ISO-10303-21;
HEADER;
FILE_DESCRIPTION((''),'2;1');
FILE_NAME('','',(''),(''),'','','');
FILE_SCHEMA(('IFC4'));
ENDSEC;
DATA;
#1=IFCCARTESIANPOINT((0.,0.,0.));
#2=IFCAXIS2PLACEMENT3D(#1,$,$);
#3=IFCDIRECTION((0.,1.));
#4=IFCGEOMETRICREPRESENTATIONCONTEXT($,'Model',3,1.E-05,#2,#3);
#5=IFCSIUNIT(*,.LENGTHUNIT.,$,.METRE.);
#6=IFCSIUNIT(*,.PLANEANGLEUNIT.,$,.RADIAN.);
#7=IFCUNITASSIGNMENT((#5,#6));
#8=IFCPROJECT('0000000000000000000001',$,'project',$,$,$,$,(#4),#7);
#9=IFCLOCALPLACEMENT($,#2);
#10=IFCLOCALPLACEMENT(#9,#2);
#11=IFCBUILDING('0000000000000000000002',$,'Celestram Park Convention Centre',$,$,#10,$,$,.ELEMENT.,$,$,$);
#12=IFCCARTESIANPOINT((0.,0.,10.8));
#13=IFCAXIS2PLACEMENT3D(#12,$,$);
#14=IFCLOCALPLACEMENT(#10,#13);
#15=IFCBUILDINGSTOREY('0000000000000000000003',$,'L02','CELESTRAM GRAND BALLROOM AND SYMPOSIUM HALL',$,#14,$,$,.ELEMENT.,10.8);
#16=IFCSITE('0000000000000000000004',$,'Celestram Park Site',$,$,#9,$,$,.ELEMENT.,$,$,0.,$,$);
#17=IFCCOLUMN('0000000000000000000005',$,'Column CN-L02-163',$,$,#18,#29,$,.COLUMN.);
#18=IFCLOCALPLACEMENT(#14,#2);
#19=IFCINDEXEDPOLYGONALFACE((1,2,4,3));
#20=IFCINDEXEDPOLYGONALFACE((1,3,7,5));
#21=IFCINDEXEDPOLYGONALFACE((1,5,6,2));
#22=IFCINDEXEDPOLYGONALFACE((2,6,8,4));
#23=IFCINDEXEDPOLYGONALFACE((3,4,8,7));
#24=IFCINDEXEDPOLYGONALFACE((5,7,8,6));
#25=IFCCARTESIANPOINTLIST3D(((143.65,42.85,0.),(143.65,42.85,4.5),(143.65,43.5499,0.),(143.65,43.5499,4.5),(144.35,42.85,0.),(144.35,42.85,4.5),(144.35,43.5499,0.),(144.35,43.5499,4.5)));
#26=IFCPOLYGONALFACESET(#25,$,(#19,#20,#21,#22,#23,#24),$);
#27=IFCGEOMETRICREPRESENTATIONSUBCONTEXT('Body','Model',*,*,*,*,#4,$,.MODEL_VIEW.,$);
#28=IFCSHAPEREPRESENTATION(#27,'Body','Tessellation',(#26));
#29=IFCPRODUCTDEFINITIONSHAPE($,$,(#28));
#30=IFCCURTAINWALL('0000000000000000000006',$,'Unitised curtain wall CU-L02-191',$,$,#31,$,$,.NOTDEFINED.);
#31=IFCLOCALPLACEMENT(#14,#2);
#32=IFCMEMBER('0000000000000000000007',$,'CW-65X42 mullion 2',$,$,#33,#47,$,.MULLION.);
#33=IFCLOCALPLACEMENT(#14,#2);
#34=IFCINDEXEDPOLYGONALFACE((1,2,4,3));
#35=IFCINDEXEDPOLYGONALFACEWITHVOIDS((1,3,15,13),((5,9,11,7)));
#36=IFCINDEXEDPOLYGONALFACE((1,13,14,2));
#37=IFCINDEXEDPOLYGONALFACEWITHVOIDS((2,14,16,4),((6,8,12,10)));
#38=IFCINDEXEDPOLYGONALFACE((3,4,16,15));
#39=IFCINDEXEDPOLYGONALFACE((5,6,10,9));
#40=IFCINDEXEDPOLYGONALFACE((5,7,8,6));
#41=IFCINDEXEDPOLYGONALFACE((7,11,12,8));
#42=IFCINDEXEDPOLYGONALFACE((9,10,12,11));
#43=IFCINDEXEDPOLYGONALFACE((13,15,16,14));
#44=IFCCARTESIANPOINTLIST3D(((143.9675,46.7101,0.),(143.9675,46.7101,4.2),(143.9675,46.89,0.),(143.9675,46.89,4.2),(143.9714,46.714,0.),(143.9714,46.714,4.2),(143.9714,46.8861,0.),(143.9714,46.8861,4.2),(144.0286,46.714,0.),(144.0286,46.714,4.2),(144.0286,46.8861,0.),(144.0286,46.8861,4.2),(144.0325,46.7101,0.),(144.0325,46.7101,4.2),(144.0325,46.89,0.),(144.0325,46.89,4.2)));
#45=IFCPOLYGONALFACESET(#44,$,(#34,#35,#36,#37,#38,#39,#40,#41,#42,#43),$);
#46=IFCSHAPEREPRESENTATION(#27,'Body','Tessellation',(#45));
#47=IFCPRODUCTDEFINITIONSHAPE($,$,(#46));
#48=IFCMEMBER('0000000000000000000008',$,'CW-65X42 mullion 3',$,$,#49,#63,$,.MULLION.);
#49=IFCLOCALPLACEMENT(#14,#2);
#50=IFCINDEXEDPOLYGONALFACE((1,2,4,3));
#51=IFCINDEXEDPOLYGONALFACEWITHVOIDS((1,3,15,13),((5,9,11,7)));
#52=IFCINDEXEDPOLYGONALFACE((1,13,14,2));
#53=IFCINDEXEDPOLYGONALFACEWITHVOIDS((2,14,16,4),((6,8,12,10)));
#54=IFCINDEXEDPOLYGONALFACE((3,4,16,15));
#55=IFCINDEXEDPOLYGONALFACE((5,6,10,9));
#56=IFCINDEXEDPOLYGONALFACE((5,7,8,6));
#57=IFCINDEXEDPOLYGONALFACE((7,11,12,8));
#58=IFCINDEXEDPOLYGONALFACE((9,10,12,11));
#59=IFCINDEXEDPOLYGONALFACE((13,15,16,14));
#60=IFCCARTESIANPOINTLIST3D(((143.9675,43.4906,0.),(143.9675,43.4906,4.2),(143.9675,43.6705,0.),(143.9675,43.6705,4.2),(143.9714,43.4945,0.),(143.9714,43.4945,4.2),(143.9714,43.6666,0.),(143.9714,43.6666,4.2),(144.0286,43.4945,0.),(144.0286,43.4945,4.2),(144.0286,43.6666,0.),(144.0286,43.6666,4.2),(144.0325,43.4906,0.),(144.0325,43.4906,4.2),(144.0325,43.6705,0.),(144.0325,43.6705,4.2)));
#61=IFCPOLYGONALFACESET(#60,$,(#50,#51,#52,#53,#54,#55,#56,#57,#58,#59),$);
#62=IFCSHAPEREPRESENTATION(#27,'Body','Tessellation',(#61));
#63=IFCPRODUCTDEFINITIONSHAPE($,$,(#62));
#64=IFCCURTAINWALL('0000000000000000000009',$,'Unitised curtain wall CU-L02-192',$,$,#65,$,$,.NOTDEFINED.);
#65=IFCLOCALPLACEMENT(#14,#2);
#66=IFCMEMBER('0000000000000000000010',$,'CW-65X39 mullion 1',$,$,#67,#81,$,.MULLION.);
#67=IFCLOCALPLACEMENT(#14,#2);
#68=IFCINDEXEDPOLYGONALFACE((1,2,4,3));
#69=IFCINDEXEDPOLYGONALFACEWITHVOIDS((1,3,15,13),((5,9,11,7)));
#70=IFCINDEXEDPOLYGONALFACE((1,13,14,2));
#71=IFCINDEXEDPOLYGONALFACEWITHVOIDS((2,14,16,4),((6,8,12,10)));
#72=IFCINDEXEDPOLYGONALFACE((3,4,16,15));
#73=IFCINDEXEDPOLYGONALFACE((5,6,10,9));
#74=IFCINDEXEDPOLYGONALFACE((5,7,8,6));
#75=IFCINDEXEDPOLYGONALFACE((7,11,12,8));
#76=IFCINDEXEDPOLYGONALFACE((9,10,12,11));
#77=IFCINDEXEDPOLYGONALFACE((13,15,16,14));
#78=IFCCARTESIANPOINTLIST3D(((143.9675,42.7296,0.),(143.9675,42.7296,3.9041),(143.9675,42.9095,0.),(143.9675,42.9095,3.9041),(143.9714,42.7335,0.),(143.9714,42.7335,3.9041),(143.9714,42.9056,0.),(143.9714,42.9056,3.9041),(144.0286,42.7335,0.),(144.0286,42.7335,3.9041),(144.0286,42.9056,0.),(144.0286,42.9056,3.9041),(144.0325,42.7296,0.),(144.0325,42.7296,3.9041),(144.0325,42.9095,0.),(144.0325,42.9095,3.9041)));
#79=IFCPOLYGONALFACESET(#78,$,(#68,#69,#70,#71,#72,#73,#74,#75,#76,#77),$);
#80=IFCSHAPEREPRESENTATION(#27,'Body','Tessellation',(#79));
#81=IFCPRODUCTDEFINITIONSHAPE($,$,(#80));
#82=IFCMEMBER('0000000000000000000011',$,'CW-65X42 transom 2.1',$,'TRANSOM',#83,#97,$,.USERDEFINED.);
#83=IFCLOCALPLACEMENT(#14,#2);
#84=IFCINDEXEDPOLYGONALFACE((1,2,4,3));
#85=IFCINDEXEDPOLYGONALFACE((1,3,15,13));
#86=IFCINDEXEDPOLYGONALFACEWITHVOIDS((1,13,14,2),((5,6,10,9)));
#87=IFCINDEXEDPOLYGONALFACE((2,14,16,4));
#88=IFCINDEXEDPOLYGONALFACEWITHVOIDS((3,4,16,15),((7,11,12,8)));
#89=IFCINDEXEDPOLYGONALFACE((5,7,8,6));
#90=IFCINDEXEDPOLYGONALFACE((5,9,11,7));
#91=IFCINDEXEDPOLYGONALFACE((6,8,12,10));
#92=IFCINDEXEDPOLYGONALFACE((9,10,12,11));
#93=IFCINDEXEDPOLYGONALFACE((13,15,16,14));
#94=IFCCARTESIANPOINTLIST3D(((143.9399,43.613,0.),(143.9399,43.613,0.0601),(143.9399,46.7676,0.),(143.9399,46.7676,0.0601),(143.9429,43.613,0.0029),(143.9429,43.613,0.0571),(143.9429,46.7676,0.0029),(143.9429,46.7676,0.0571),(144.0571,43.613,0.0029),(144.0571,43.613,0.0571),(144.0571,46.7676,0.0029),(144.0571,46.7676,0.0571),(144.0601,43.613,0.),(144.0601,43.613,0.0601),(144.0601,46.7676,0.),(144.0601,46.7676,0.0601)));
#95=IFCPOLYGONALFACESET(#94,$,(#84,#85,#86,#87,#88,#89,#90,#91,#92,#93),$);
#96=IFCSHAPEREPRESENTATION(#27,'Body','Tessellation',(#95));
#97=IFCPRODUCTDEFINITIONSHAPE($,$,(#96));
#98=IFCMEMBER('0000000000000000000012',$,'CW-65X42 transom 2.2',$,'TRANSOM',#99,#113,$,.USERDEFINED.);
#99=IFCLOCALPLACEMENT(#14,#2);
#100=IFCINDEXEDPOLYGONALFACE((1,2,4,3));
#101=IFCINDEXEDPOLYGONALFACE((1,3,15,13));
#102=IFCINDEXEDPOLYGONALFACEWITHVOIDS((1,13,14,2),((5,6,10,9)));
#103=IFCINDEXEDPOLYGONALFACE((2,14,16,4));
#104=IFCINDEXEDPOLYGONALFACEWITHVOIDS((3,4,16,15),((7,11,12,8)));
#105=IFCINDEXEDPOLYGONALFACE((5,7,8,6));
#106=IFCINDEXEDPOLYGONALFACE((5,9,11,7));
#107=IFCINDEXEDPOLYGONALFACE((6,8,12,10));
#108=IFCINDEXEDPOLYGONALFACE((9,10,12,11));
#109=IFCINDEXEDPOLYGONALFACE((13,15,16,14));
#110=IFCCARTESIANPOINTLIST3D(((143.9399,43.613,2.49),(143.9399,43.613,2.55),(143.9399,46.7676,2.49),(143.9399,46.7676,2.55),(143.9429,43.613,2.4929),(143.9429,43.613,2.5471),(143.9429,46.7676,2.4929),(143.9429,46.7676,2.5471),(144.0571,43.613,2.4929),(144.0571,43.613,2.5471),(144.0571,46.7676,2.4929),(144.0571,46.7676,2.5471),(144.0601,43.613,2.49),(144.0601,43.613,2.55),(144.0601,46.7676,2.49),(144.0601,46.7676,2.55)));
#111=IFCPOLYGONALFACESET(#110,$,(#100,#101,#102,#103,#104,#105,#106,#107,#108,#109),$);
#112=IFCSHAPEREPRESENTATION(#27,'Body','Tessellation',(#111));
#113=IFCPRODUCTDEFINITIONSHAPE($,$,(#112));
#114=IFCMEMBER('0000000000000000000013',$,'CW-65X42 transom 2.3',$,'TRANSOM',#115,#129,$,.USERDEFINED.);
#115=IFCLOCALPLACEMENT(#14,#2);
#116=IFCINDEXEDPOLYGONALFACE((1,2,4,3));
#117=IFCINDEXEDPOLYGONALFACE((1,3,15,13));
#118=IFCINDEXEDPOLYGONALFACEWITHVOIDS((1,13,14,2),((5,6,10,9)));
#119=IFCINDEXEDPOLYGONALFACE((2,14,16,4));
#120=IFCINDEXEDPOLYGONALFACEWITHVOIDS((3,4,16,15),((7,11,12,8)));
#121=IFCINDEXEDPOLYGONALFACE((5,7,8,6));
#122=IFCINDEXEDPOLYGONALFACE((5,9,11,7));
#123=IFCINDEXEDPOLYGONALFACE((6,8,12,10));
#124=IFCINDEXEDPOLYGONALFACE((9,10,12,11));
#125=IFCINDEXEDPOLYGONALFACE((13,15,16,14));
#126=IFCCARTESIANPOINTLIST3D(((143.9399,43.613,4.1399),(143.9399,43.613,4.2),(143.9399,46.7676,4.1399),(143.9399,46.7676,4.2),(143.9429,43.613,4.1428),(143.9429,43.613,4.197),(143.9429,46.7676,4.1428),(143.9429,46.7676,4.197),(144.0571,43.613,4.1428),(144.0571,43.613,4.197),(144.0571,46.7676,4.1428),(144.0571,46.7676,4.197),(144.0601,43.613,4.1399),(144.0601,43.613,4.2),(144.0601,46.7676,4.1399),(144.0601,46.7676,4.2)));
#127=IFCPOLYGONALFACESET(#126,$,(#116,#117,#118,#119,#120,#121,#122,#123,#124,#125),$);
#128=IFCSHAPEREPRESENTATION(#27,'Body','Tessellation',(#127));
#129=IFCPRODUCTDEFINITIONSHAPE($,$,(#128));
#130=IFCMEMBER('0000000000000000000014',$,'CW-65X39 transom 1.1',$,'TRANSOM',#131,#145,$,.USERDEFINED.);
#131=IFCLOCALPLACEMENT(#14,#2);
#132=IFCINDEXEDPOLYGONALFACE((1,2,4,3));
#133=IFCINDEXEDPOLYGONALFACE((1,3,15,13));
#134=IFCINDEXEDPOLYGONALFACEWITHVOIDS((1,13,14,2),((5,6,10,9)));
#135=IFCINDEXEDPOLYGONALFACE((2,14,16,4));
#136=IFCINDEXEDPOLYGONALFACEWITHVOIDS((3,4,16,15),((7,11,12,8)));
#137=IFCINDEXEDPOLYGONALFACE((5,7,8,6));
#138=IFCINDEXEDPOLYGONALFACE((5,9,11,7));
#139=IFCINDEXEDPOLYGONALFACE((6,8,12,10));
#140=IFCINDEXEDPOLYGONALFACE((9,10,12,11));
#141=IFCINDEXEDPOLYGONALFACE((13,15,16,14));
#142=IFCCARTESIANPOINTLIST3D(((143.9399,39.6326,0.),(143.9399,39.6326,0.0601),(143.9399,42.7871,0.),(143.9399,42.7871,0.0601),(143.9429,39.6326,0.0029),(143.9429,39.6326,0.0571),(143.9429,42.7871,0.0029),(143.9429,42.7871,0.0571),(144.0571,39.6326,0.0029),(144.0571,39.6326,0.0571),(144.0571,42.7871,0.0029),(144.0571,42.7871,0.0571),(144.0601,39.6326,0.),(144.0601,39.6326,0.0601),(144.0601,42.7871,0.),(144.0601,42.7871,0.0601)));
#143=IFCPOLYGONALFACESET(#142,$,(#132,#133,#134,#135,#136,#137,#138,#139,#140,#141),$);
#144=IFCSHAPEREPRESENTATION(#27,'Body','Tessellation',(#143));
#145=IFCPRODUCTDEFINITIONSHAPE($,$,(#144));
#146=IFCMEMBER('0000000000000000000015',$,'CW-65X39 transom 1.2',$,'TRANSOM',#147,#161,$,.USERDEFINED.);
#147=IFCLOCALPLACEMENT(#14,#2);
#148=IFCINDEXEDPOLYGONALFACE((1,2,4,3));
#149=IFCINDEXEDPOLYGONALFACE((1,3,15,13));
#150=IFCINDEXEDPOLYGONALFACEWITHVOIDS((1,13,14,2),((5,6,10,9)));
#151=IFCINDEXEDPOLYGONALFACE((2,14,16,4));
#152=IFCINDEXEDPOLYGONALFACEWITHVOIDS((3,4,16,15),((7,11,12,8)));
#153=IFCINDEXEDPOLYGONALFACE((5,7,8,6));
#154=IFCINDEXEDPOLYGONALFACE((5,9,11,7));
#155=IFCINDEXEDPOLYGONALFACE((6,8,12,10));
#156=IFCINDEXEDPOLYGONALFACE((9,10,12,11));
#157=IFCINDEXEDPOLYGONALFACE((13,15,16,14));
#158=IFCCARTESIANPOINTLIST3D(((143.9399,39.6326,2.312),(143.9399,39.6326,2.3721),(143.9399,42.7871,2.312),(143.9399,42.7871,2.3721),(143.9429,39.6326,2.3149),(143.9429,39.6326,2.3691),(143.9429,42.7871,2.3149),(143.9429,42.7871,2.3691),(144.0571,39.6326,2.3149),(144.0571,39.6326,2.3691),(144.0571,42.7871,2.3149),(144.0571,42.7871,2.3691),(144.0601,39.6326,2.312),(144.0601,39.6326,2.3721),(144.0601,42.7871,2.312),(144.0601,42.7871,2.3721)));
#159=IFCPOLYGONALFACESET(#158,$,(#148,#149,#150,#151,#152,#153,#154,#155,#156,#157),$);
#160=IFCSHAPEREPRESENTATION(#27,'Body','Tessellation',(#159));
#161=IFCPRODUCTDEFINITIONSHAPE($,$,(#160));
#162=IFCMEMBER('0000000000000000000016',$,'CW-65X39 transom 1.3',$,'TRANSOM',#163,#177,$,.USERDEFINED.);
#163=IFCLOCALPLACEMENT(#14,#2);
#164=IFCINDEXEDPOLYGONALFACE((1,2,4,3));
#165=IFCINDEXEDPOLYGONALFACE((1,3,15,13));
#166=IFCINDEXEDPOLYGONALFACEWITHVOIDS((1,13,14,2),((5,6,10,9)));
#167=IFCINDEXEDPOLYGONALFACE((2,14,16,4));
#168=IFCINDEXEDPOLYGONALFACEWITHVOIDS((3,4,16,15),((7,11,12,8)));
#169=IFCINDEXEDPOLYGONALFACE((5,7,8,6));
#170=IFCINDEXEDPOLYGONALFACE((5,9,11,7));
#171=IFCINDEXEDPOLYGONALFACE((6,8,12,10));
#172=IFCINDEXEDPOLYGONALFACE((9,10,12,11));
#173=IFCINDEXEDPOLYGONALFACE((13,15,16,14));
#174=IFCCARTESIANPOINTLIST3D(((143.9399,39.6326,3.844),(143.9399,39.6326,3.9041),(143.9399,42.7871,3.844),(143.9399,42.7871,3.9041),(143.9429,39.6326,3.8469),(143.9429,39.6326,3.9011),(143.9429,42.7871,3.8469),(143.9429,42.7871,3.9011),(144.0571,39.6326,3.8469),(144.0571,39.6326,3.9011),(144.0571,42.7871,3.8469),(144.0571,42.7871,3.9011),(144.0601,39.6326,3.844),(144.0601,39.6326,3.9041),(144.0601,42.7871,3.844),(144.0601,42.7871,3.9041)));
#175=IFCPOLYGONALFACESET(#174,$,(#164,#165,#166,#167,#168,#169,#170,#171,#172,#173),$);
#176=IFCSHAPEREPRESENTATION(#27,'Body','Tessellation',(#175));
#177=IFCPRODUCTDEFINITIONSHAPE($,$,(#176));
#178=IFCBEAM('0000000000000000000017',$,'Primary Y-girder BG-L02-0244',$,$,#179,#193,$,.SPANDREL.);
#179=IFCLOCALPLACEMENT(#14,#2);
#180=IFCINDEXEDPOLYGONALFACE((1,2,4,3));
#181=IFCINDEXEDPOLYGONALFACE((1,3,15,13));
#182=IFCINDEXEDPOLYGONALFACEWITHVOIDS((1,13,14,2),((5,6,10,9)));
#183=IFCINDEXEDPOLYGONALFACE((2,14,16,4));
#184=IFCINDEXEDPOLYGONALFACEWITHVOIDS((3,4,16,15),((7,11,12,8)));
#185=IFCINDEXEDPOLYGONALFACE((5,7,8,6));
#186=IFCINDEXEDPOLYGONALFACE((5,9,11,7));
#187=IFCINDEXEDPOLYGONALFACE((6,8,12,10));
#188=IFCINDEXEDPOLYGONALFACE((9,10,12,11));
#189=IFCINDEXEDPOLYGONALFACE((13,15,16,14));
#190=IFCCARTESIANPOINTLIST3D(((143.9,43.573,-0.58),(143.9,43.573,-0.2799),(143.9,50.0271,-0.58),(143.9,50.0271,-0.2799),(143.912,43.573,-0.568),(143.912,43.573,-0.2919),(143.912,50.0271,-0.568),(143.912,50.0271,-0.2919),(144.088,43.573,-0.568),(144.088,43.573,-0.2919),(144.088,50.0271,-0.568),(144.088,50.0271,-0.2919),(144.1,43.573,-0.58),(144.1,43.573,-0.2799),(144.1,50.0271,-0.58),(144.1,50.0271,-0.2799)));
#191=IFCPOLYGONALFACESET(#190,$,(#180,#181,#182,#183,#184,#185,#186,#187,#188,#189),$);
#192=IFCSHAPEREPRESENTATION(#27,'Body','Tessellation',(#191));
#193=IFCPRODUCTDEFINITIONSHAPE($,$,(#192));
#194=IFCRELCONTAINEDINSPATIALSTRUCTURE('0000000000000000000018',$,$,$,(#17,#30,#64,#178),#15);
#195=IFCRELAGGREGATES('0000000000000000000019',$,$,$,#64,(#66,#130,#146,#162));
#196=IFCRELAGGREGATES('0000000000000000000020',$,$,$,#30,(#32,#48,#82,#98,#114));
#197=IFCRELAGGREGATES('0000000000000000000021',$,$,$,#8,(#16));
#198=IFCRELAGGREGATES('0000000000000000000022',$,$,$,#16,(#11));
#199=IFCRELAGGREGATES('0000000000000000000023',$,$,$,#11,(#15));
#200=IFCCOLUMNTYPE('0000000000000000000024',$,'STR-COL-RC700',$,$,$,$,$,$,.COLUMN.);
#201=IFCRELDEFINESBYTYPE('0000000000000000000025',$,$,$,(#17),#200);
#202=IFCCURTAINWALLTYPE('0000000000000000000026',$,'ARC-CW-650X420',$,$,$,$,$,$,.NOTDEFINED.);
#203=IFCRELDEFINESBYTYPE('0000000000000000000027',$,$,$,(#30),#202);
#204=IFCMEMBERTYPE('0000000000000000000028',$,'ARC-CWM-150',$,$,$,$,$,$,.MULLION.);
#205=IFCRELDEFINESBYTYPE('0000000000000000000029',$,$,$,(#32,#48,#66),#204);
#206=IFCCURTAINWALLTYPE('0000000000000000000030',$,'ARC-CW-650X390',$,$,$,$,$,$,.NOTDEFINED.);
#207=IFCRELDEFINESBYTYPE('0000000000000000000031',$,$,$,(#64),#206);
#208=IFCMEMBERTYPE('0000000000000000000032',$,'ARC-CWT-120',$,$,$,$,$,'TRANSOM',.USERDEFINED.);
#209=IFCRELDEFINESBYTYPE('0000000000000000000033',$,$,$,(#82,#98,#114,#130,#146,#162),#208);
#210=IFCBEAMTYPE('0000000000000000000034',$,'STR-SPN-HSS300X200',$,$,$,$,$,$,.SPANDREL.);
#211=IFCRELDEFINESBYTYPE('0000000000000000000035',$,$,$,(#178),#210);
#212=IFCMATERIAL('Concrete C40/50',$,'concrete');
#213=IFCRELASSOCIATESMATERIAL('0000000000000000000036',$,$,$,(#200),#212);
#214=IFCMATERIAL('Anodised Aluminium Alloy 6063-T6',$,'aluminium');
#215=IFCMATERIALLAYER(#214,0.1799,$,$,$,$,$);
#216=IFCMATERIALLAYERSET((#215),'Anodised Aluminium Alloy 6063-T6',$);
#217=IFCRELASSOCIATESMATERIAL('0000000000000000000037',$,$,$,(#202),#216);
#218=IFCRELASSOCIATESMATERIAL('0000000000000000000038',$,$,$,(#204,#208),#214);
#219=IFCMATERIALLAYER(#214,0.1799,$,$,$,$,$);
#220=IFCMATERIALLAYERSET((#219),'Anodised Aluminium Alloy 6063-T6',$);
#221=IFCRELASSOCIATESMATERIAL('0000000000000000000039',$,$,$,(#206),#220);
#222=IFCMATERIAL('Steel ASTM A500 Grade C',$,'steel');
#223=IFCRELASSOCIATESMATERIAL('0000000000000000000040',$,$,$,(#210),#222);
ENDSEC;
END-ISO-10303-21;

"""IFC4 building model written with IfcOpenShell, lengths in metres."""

from ifc_helpers import new_model, si_unit, direction, frame, origin, origin_2d, place, context, subcontext, project, spatial, rectangle, hollow_rectangle, extrude, material, layer, layer_set, material_profile, profile_set, type_object, element, aggregate, save


model = new_model("IFC4")

# Units and contexts
model_context = context("Model", 3, precision=1e-05, world=origin(), true_north=direction((0.0, 1.0)))
body_context = subcontext(model_context, "Body", "Model", "MODEL_VIEW")
ifc_project = project(units=[si_unit("LENGTHUNIT", "METRE"), si_unit("PLANEANGLEUNIT", "RADIAN")], contexts=[model_context])

# Site, building, storey
site_placement = place(None, origin())
site = spatial("IfcSite", under=ifc_project, at=site_placement, Name="Celestram Park Site", CompositionType="ELEMENT", RefElevation=0.0)
building_placement = place(site_placement, origin())
building = spatial("IfcBuilding", under=site, at=building_placement, Name="Celestram Park Convention Centre", CompositionType="ELEMENT")
storey_placement = place(building_placement, frame((0.0, 0.0, 10.8)))
storey = spatial("IfcBuildingStorey", under=building, at=storey_placement, Name="L02", Description="CELESTRAM GRAND BALLROOM AND SYMPOSIUM HALL", CompositionType="ELEMENT", Elevation=10.8)

# Column
ifc_material_1 = material(Name="Concrete C40/50", Category="concrete")
ifc_material_profile_1 = material_profile(ifc_material_1, rectangle(XDim=0.7, YDim=0.7, at=origin_2d()), Name="RC700X700")
ifc_profile_set_1 = profile_set([ifc_material_profile_1], Name="Concrete C40/50")
column_type = type_object("IfcColumnType", Name="STR-COL-RC700", PredefinedType="COLUMN", material=ifc_profile_set_1)
column_placement = place(storey_placement, frame((144.0, 43.2, 0.0), z_axis=(0.0, 0.0, 1.0), x_axis=(1.0, 0.0, 0.0)))
element("IfcColumn", 1, at=column_placement, inside=storey, type_object=column_type, Name="Column CN-L02-163", PredefinedType="COLUMN", context=body_context, shape_type="SweptSolid", body=[
    extrude(rectangle(XDim=0.7, YDim=0.7, at=origin_2d()), origin(), (0.0, 0.0, 1.0), 4.5),
])

# Curtain wall, members
ifc_material_2 = material(Name="Anodised Aluminium Alloy 6063-T6", Category="aluminium")
ifc_layer_1 = layer(ifc_material_2, 0.1799)
ifc_layer_set_1 = layer_set([ifc_layer_1], Name="Anodised Aluminium Alloy 6063-T6")
curtain_wall_type_1 = type_object("IfcCurtainWallType", Name="ARC-CW-650X420", PredefinedType="NOTDEFINED", material=ifc_layer_set_1)
curtain_wall_1_placement = place(storey_placement, origin())
curtain_wall_1 = element("IfcCurtainWall", 2, at=curtain_wall_1_placement, inside=storey, type_object=curtain_wall_type_1, Name="Unitised curtain wall CU-L02-191", PredefinedType="NOTDEFINED")
ifc_material_profile_2 = material_profile(ifc_material_2, hollow_rectangle(XDim=0.0649, YDim=0.1799, WallThickness=0.0039, at=origin_2d()), Name="ALU65X180X4")
ifc_profile_set_2 = profile_set([ifc_material_profile_2], Name="Anodised Aluminium Alloy 6063-T6")
member_type_1 = type_object("IfcMemberType", Name="ARC-CWM-150", PredefinedType="MULLION", material=ifc_profile_set_2)
member_1_placement = place(storey_placement, frame((144.0, 46.8, 0.0), z_axis=(0.0, 0.0, 1.0), x_axis=(1.0, 0.0, 0.0)))
member_1 = element("IfcMember", 3, at=member_1_placement, type_object=member_type_1, Name="CW-65X42 mullion 2", PredefinedType="MULLION", context=body_context, shape_type="SweptSolid", body=[
    extrude(hollow_rectangle(XDim=0.0649, YDim=0.1799, WallThickness=0.0039, at=origin_2d()), origin(), (0.0, 0.0, 1.0), 4.2),
])
member_2_placement = place(storey_placement, frame((144.0, 43.5806, 0.0), z_axis=(0.0, 0.0, 1.0), x_axis=(1.0, 0.0, 0.0)))
member_2 = element("IfcMember", 4, at=member_2_placement, type_object=member_type_1, Name="CW-65X42 mullion 3", PredefinedType="MULLION", context=body_context, shape_type="SweptSolid", body=[
    extrude(hollow_rectangle(XDim=0.0649, YDim=0.1799, WallThickness=0.0039, at=origin_2d()), origin(), (0.0, 0.0, 1.0), 4.2),
])

# Curtain wall, member
ifc_layer_2 = layer(ifc_material_2, 0.1799)
ifc_layer_set_2 = layer_set([ifc_layer_2], Name="Anodised Aluminium Alloy 6063-T6")
curtain_wall_type_2 = type_object("IfcCurtainWallType", Name="ARC-CW-650X390", PredefinedType="NOTDEFINED", material=ifc_layer_set_2)
curtain_wall_2_placement = place(storey_placement, origin())
curtain_wall_2 = element("IfcCurtainWall", 5, at=curtain_wall_2_placement, inside=storey, type_object=curtain_wall_type_2, Name="Unitised curtain wall CU-L02-192", PredefinedType="NOTDEFINED")
member_3_placement = place(storey_placement, frame((144.0, 42.8196, 0.0), z_axis=(0.0, 0.0, 1.0), x_axis=(1.0, 0.0, 0.0)))
member_3 = element("IfcMember", 6, at=member_3_placement, type_object=member_type_1, Name="CW-65X39 mullion 1", PredefinedType="MULLION", context=body_context, shape_type="SweptSolid", body=[
    extrude(hollow_rectangle(XDim=0.0649, YDim=0.1799, WallThickness=0.0039, at=origin_2d()), origin(), (0.0, 0.0, 1.0), 3.9041),
])

# Members
ifc_material_profile_3 = material_profile(ifc_material_2, hollow_rectangle(XDim=0.1201, YDim=0.0601, WallThickness=0.0029, at=origin_2d()), Name="ALU120X60X3")
ifc_profile_set_3 = profile_set([ifc_material_profile_3], Name="Anodised Aluminium Alloy 6063-T6")
member_type_2 = type_object("IfcMemberType", Name="ARC-CWT-120", ElementType="TRANSOM", PredefinedType="USERDEFINED", material=ifc_profile_set_3)
member_4_placement = place(storey_placement, frame((144.0, 46.7676, 0.03), z_axis=(0.0, -1.0, 0.0), x_axis=(1.0, 0.0, 0.0)))
member_4 = element("IfcMember", 7, at=member_4_placement, type_object=member_type_2, Name="CW-65X42 transom 2.1", ObjectType="TRANSOM", PredefinedType="USERDEFINED", context=body_context, shape_type="SweptSolid", body=[
    extrude(hollow_rectangle(XDim=0.1201, YDim=0.0601, WallThickness=0.0029, at=origin_2d()), origin(), (0.0, 0.0, 1.0), 3.1545),
])
member_5_placement = place(storey_placement, frame((144.0, 46.7676, 2.52), z_axis=(0.0, -1.0, 0.0), x_axis=(1.0, 0.0, 0.0)))
member_5 = element("IfcMember", 8, at=member_5_placement, type_object=member_type_2, Name="CW-65X42 transom 2.2", ObjectType="TRANSOM", PredefinedType="USERDEFINED", context=body_context, shape_type="SweptSolid", body=[
    extrude(hollow_rectangle(XDim=0.1201, YDim=0.0601, WallThickness=0.0029, at=origin_2d()), origin(), (0.0, 0.0, 1.0), 3.1545),
])
member_6_placement = place(storey_placement, frame((144.0, 46.7676, 4.1699), z_axis=(0.0, -1.0, 0.0), x_axis=(1.0, 0.0, 0.0)))
member_6 = element("IfcMember", 9, at=member_6_placement, type_object=member_type_2, Name="CW-65X42 transom 2.3", ObjectType="TRANSOM", PredefinedType="USERDEFINED", context=body_context, shape_type="SweptSolid", body=[
    extrude(hollow_rectangle(XDim=0.1201, YDim=0.0601, WallThickness=0.0029, at=origin_2d()), origin(), (0.0, 0.0, 1.0), 3.1545),
])
member_7_placement = place(storey_placement, frame((144.0, 42.7871, 0.03), z_axis=(0.0, -1.0, 0.0), x_axis=(1.0, 0.0, 0.0)))
member_7 = element("IfcMember", 10, at=member_7_placement, type_object=member_type_2, Name="CW-65X39 transom 1.1", ObjectType="TRANSOM", PredefinedType="USERDEFINED", context=body_context, shape_type="SweptSolid", body=[
    extrude(hollow_rectangle(XDim=0.1201, YDim=0.0601, WallThickness=0.0029, at=origin_2d()), origin(), (0.0, 0.0, 1.0), 3.1545),
])
member_8_placement = place(storey_placement, frame((144.0, 42.7871, 2.342), z_axis=(0.0, -1.0, 0.0), x_axis=(1.0, 0.0, 0.0)))
member_8 = element("IfcMember", 11, at=member_8_placement, type_object=member_type_2, Name="CW-65X39 transom 1.2", ObjectType="TRANSOM", PredefinedType="USERDEFINED", context=body_context, shape_type="SweptSolid", body=[
    extrude(hollow_rectangle(XDim=0.1201, YDim=0.0601, WallThickness=0.0029, at=origin_2d()), origin(), (0.0, 0.0, 1.0), 3.1545),
])
member_9_placement = place(storey_placement, frame((144.0, 42.7871, 3.874), z_axis=(0.0, -1.0, 0.0), x_axis=(1.0, 0.0, 0.0)))
member_9 = element("IfcMember", 12, at=member_9_placement, type_object=member_type_2, Name="CW-65X39 transom 1.3", ObjectType="TRANSOM", PredefinedType="USERDEFINED", context=body_context, shape_type="SweptSolid", body=[
    extrude(hollow_rectangle(XDim=0.1201, YDim=0.0601, WallThickness=0.0029, at=origin_2d()), origin(), (0.0, 0.0, 1.0), 3.1545),
])
aggregate(curtain_wall_2, [member_3, member_7, member_8, member_9])

# Beam
ifc_material_3 = material(Name="Steel ASTM A500 Grade C", Category="steel")
ifc_material_profile_4 = material_profile(ifc_material_3, hollow_rectangle(XDim=0.2, YDim=0.3, WallThickness=0.012, at=origin_2d()), Name="HSS300X200X12")
ifc_profile_set_4 = profile_set([ifc_material_profile_4], Name="Steel ASTM A500 Grade C")
beam_type = type_object("IfcBeamType", Name="STR-SPN-HSS300X200", PredefinedType="SPANDREL", material=ifc_profile_set_4)
beam_placement = place(storey_placement, frame((144.0, 43.573, -0.4299), z_axis=(0.0, 1.0, 0.0), x_axis=(-1.0, 0.0, 0.0)))
element("IfcBeam", 13, at=beam_placement, inside=storey, type_object=beam_type, Name="Primary Y-girder BG-L02-0244", PredefinedType="SPANDREL", context=body_context, shape_type="SweptSolid", body=[
    extrude(hollow_rectangle(XDim=0.2, YDim=0.3, WallThickness=0.012, at=origin_2d()), origin(), (0.0, 0.0, 1.0), 6.4541),
])

aggregate(curtain_wall_1, [member_1, member_2, member_4, member_5, member_6])

save(model, "model.ifc")
